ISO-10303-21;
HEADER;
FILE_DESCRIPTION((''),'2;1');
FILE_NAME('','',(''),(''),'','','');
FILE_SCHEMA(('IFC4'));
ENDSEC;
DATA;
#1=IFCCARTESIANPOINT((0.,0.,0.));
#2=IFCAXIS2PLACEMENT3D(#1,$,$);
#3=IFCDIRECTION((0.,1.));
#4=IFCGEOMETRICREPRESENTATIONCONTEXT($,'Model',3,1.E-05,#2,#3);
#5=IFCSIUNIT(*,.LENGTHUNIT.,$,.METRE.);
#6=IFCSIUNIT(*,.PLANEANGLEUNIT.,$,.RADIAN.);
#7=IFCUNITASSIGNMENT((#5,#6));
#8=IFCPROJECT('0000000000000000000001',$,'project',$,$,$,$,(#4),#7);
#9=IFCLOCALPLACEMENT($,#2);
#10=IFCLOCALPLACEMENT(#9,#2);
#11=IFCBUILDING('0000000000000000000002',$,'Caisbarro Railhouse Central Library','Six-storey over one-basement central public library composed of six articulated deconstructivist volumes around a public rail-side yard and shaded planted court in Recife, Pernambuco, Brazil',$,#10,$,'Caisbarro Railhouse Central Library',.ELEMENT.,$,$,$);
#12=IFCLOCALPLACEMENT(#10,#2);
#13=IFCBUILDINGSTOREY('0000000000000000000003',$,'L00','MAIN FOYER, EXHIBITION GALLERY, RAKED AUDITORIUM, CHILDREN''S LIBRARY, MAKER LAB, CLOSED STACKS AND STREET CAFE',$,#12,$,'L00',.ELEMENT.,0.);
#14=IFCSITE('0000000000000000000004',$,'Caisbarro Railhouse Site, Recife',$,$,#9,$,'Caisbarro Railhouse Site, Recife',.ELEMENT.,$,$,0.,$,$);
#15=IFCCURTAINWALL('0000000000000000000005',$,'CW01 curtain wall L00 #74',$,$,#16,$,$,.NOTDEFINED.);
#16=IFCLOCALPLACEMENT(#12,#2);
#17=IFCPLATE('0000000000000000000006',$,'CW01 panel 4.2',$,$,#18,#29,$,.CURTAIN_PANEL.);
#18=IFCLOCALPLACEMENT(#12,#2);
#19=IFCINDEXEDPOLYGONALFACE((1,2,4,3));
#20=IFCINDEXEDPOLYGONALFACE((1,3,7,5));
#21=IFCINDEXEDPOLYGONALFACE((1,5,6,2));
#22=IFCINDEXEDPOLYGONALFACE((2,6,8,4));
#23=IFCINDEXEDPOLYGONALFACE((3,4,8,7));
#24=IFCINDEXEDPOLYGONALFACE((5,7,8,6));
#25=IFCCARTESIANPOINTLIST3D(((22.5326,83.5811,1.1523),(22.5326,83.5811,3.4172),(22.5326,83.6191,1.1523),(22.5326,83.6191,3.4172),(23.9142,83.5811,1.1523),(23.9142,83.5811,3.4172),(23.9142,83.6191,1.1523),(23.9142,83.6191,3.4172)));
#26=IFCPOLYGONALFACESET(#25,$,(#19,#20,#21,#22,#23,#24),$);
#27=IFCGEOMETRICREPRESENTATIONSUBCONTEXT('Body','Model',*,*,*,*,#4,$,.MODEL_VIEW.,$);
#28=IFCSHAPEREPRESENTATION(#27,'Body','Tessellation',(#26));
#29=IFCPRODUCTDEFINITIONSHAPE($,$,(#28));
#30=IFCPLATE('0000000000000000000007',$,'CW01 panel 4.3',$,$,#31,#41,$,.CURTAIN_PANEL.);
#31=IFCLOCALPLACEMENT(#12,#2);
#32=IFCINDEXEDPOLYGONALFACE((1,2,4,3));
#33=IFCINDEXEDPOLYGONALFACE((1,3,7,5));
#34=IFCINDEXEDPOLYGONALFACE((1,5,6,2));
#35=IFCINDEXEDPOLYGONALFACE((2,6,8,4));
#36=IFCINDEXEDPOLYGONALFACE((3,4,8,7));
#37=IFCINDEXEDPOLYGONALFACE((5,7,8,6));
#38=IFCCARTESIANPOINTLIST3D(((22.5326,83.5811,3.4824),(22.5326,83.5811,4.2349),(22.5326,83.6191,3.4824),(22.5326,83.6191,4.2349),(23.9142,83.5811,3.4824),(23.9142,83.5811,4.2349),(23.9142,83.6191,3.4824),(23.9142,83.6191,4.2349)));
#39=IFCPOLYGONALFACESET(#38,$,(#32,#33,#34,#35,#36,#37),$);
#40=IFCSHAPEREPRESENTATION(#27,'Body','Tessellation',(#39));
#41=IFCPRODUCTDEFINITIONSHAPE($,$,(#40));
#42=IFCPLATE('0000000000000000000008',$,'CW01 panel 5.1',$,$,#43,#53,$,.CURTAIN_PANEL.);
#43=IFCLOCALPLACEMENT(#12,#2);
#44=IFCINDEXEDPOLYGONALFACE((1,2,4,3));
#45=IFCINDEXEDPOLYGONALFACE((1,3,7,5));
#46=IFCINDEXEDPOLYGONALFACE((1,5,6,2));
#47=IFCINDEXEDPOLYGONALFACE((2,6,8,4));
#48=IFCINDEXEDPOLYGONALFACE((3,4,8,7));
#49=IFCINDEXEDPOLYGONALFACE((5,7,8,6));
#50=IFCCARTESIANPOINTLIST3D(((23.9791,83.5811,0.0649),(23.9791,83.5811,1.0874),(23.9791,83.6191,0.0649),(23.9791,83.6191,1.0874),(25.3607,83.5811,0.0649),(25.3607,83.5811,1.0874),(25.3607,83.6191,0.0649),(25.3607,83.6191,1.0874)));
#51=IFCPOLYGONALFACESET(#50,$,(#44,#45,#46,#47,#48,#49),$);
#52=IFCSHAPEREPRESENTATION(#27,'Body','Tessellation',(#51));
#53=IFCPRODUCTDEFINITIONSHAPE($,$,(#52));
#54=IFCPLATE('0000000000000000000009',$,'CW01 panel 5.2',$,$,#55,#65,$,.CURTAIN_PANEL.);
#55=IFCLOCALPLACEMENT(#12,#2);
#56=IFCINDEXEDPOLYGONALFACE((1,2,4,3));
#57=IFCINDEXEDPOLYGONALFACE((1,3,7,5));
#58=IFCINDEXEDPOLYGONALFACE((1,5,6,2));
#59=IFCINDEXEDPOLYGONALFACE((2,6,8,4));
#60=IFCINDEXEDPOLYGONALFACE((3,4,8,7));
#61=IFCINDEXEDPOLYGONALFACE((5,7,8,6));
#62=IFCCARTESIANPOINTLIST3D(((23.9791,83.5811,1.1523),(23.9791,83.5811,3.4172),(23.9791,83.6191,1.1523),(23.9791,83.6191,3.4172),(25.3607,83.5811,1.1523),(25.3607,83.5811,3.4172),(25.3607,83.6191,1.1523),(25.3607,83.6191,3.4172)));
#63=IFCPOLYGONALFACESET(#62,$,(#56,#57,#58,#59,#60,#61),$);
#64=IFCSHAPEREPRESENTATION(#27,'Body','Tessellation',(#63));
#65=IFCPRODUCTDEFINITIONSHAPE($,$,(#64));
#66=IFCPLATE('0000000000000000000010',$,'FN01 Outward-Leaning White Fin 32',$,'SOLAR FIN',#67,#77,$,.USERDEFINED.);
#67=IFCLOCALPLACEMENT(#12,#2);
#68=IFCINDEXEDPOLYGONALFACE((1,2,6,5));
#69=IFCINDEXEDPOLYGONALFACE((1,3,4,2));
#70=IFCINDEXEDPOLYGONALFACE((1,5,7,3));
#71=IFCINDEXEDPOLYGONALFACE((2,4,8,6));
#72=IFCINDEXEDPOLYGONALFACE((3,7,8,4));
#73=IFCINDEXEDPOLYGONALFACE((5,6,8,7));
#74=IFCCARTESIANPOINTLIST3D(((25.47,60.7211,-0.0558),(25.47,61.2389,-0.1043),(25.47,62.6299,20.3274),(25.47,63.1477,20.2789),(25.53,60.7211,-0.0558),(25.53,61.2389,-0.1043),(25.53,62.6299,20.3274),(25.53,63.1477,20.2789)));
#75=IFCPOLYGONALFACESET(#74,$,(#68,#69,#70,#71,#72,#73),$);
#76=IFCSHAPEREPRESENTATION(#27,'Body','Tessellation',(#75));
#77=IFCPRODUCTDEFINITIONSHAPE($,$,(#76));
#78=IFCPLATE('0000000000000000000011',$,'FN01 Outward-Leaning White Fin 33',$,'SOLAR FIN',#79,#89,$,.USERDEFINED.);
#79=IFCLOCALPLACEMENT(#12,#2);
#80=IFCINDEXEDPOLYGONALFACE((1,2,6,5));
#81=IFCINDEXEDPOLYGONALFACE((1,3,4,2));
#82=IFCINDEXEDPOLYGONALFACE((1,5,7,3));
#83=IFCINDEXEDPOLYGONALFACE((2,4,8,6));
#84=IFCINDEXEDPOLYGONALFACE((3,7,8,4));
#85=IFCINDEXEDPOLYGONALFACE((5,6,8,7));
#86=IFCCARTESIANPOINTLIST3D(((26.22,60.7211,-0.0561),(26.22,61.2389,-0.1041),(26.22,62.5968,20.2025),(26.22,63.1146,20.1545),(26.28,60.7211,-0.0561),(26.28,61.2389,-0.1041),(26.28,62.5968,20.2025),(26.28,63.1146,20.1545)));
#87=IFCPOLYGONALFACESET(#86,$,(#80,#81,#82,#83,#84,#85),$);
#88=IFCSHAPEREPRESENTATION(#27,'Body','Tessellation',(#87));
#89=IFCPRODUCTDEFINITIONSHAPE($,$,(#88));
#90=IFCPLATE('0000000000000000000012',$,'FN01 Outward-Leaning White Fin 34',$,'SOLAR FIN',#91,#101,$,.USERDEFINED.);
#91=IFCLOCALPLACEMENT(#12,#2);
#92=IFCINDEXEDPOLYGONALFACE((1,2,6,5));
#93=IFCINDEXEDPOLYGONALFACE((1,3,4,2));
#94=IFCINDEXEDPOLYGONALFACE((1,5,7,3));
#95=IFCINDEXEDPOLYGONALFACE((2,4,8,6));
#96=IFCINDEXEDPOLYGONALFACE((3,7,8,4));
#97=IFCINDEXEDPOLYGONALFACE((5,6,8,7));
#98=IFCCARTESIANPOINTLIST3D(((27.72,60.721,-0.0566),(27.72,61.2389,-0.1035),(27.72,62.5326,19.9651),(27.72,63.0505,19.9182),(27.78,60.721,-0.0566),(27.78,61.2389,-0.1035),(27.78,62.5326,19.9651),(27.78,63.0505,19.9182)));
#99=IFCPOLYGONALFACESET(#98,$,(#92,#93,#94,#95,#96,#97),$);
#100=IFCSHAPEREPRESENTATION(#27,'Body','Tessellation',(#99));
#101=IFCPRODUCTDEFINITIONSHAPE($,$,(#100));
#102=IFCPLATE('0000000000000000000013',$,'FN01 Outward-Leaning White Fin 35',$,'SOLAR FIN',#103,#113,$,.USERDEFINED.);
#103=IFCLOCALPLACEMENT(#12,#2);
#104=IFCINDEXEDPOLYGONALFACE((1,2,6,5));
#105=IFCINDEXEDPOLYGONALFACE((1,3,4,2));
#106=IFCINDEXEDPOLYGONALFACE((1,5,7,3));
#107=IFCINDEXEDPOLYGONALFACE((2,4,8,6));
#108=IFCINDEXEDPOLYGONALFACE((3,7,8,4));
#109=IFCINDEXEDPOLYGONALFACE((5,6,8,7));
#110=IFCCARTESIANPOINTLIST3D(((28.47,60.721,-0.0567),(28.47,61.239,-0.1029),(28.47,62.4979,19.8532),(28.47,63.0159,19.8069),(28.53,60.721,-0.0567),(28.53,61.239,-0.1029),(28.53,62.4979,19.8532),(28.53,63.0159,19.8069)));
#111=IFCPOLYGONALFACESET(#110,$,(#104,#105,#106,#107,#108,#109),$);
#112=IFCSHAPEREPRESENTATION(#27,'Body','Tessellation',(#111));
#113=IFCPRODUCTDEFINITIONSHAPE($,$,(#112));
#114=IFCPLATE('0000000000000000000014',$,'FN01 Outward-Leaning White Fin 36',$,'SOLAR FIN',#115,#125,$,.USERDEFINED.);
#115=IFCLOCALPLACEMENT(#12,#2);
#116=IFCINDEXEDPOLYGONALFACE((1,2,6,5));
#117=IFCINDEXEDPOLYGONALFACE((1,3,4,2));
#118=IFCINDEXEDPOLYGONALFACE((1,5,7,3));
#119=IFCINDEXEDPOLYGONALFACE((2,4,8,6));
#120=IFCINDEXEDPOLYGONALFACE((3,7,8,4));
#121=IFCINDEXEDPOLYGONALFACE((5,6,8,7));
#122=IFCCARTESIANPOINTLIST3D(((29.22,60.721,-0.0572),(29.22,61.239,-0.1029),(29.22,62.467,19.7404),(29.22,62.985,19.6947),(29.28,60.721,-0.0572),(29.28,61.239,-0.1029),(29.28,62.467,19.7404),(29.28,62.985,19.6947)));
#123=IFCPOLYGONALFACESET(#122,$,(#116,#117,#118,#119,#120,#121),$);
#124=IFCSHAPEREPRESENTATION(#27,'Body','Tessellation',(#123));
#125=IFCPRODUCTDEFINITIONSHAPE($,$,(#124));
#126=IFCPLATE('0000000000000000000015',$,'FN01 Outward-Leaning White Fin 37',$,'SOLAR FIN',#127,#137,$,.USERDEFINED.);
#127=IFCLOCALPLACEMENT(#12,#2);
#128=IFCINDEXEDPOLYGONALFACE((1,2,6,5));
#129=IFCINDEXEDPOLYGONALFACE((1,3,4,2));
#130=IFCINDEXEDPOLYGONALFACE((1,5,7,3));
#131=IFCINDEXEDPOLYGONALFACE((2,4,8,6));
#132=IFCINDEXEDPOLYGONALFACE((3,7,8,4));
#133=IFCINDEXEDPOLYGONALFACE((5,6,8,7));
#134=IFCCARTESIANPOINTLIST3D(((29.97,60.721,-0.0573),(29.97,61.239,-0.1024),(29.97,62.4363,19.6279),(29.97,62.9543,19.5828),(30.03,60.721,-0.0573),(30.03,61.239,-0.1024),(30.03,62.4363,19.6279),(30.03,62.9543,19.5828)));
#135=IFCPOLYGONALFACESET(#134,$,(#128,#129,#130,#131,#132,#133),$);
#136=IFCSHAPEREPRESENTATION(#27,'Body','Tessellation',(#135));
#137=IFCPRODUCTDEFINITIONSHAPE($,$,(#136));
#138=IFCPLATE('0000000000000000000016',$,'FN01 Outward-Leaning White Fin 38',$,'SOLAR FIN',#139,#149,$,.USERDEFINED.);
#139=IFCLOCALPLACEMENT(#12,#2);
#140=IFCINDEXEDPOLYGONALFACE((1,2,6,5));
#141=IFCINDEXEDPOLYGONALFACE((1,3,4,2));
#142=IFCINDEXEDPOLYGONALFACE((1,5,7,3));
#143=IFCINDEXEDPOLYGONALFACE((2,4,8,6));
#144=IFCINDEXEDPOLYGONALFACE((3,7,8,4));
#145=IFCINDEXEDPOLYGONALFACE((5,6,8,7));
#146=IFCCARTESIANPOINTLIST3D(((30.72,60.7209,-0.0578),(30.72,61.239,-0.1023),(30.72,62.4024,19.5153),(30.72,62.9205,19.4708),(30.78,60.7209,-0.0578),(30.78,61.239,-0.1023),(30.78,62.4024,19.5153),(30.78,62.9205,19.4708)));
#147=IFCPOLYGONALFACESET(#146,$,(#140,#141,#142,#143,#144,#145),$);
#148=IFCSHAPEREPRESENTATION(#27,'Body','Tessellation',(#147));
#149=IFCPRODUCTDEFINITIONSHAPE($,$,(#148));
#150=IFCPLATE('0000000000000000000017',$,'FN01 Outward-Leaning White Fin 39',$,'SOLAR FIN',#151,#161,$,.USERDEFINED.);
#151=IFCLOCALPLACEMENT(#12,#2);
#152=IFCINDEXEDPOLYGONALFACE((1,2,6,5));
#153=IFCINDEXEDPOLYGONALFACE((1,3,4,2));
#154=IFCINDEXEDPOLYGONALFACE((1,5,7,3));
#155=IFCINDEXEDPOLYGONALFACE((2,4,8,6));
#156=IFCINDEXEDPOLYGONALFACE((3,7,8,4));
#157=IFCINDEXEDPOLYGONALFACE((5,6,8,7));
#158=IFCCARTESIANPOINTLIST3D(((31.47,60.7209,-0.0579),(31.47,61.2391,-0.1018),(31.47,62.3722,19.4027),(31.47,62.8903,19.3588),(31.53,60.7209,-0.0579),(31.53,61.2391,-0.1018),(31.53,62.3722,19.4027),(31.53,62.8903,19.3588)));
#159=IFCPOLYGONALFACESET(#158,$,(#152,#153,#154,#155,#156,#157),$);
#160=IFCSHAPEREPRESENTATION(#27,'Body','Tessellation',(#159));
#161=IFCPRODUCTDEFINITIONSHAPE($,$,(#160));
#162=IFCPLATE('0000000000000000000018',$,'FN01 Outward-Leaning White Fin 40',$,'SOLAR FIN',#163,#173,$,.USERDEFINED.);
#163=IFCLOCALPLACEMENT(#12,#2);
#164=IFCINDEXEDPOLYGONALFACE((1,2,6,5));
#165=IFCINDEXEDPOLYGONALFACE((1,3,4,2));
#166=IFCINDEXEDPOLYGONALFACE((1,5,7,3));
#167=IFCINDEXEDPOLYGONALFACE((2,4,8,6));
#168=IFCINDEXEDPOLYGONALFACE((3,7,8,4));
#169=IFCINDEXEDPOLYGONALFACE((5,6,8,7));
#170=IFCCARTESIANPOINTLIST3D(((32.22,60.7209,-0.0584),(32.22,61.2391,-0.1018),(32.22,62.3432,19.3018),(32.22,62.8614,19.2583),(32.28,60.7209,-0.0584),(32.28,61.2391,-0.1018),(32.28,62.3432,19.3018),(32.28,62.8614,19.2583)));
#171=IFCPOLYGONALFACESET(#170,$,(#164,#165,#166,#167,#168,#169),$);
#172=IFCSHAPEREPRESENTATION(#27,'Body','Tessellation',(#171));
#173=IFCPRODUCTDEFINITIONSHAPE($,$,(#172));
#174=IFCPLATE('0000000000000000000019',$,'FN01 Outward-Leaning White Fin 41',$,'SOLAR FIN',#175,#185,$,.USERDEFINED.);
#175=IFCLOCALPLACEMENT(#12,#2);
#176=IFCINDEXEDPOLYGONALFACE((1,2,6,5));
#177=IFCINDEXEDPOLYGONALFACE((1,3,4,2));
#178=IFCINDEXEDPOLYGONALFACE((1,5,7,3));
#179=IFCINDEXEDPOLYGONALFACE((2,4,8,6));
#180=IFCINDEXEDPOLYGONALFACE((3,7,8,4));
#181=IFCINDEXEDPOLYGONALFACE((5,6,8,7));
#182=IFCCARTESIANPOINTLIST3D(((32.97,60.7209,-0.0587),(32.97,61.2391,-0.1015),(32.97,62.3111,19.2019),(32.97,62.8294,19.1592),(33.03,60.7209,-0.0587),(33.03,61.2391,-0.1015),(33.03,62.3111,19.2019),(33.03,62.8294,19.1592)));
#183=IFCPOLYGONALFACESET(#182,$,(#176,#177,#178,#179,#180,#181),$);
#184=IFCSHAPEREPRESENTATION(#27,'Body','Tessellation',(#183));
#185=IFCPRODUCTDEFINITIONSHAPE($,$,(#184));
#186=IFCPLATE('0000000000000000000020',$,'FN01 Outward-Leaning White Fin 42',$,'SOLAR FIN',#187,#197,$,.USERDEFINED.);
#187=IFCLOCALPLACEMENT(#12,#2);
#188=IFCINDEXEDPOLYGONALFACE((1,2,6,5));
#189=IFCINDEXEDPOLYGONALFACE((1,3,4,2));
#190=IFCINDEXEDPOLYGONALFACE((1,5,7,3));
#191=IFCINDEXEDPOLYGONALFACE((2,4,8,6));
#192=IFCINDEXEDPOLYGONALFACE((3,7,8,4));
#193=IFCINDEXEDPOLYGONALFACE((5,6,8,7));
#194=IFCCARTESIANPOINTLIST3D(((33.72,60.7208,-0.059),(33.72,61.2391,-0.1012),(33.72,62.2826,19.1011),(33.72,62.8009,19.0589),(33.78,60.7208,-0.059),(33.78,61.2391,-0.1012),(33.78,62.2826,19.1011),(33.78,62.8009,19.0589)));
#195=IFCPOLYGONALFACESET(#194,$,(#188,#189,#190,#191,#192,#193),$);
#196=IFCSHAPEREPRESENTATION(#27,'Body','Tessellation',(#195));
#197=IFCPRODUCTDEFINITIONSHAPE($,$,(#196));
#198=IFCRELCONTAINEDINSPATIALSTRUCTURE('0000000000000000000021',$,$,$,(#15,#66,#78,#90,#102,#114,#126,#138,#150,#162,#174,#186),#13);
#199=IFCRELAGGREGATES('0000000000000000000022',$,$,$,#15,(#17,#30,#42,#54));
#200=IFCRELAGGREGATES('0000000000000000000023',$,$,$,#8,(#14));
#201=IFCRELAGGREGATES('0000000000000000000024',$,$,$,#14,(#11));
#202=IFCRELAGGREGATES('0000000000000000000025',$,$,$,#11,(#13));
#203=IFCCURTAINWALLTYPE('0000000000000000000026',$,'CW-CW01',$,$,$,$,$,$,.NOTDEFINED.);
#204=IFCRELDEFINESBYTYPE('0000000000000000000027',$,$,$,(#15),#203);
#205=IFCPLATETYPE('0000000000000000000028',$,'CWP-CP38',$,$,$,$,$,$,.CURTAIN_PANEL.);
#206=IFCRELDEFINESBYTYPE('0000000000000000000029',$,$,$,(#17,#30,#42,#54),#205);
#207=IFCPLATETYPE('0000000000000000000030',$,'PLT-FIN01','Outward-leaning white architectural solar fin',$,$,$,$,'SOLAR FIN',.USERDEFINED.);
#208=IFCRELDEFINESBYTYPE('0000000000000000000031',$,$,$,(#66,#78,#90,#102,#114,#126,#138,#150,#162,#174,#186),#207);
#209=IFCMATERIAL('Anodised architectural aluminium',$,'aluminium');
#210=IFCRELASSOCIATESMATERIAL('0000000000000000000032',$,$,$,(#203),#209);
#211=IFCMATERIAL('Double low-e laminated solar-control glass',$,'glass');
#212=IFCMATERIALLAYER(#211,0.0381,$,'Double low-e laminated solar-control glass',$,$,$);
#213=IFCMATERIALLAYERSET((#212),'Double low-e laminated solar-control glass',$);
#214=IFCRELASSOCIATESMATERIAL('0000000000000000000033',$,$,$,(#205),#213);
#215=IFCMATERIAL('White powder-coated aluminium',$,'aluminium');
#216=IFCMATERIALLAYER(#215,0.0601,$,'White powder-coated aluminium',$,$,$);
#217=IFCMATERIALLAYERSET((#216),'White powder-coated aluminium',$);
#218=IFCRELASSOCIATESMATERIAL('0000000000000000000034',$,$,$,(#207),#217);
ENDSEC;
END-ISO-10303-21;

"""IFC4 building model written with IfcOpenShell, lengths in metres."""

from ifc_helpers import new_model, si_unit, direction, frame, origin, origin_2d, place, context, subcontext, project, spatial, rectangle, extrude, material, layer, layer_set, type_object, element, aggregate, save


model = new_model("IFC4")

# Units and contexts
model_context = context("Model", 3, precision=1e-05, world=origin(), true_north=direction((0.0, 1.0)))
body_context = subcontext(model_context, "Body", "Model", "MODEL_VIEW")
ifc_project = project(units=[si_unit("LENGTHUNIT", "METRE"), si_unit("PLANEANGLEUNIT", "RADIAN")], contexts=[model_context])

# Site, building, storey
site_placement = place(None, origin())
site = spatial("IfcSite", under=ifc_project, at=site_placement, Name="Caisbarro Railhouse Site, Recife", LongName="Caisbarro Railhouse Site, Recife", CompositionType="ELEMENT", RefElevation=0.0)
building_placement = place(site_placement, origin())
building = spatial("IfcBuilding", under=site, at=building_placement, Name="Caisbarro Railhouse Central Library", Description="Six-storey over one-basement central public library composed of six articulated deconstructivist volumes around a public rail-side yard and shaded planted court in Recife, Pernambuco, Brazil", LongName="Caisbarro Railhouse Central Library", CompositionType="ELEMENT")
storey_placement = place(building_placement, origin())
storey = spatial("IfcBuildingStorey", under=building, at=storey_placement, Name="L00", Description="MAIN FOYER, EXHIBITION GALLERY, RAKED AUDITORIUM, CHILDREN'S LIBRARY, MAKER LAB, CLOSED STACKS AND STREET CAFE", LongName="L00", CompositionType="ELEMENT", Elevation=0.0)

# Curtain wall, plates
ifc_material_1 = material(Name="Anodised architectural aluminium", Category="aluminium")
curtain_wall_type = type_object("IfcCurtainWallType", Name="CW-CW01", PredefinedType="NOTDEFINED", material=ifc_material_1)
curtain_wall_placement = place(storey_placement, origin())
curtain_wall = element("IfcCurtainWall", 1, at=curtain_wall_placement, inside=storey, type_object=curtain_wall_type, Name="CW01 curtain wall L00 #74", PredefinedType="NOTDEFINED")
ifc_material_2 = material(Name="Double low-e laminated solar-control glass", Category="glass")
ifc_layer_1 = layer(ifc_material_2, 0.0381, Name="Double low-e laminated solar-control glass")
ifc_layer_set_1 = layer_set([ifc_layer_1], Name="Double low-e laminated solar-control glass")
plate_type_1 = type_object("IfcPlateType", Name="CWP-CP38", PredefinedType="CURTAIN_PANEL", material=ifc_layer_set_1)
plate_1_placement = place(storey_placement, frame((23.2234, 83.6001, 1.1523), z_axis=(0.0, 0.0, 1.0), x_axis=(1.0, 0.0, 0.0)))
plate_1 = element("IfcPlate", 2, at=plate_1_placement, type_object=plate_type_1, Name="CW01 panel 4.2", PredefinedType="CURTAIN_PANEL", context=body_context, shape_type="SweptSolid", body=[
    extrude(rectangle(XDim=1.3816, YDim=0.0381, at=origin_2d()), origin(), (0.0, 0.0, 1.0), 2.2649),
])
plate_2_placement = place(storey_placement, frame((23.2234, 83.6001, 3.4824), z_axis=(0.0, 0.0, 1.0), x_axis=(1.0, 0.0, 0.0)))
plate_2 = element("IfcPlate", 3, at=plate_2_placement, type_object=plate_type_1, Name="CW01 panel 4.3", PredefinedType="CURTAIN_PANEL", context=body_context, shape_type="SweptSolid", body=[
    extrude(rectangle(XDim=1.3816, YDim=0.0381, at=origin_2d()), origin(), (0.0, 0.0, 1.0), 0.7524),
])
plate_3_placement = place(storey_placement, frame((24.6699, 83.6001, 0.0649), z_axis=(0.0, 0.0, 1.0), x_axis=(1.0, 0.0, 0.0)))
plate_3 = element("IfcPlate", 4, at=plate_3_placement, type_object=plate_type_1, Name="CW01 panel 5.1", PredefinedType="CURTAIN_PANEL", context=body_context, shape_type="SweptSolid", body=[
    extrude(rectangle(XDim=1.3816, YDim=0.0381, at=origin_2d()), origin(), (0.0, 0.0, 1.0), 1.0225),
])
plate_4_placement = place(storey_placement, frame((24.6699, 83.6001, 1.1523), z_axis=(0.0, 0.0, 1.0), x_axis=(1.0, 0.0, 0.0)))
plate_4 = element("IfcPlate", 5, at=plate_4_placement, type_object=plate_type_1, Name="CW01 panel 5.2", PredefinedType="CURTAIN_PANEL", context=body_context, shape_type="SweptSolid", body=[
    extrude(rectangle(XDim=1.3816, YDim=0.0381, at=origin_2d()), origin(), (0.0, 0.0, 1.0), 2.2649),
])
aggregate(curtain_wall, [plate_1, plate_2, plate_3, plate_4])

# Plates
ifc_material_3 = material(Name="White powder-coated aluminium", Category="aluminium")
ifc_layer_2 = layer(ifc_material_3, 0.0601, Name="White powder-coated aluminium")
ifc_layer_set_2 = layer_set([ifc_layer_2], Name="White powder-coated aluminium")
plate_type_2 = type_object("IfcPlateType", Name="PLT-FIN01", Description="Outward-leaning white architectural solar fin", ElementType="SOLAR FIN", PredefinedType="USERDEFINED", material=ifc_layer_set_2)
plate_5_placement = place(storey_placement, frame((25.5, 60.98, -0.0801), z_axis=(0.0, 0.093239, 0.995644), x_axis=(1.0, 0.0, 0.0)))
element("IfcPlate", 6, at=plate_5_placement, inside=storey, type_object=plate_type_2, Name="FN01 Outward-Leaning White Fin 32", ObjectType="SOLAR FIN", PredefinedType="USERDEFINED", context=body_context, shape_type="SweptSolid", body=[
    extrude(rectangle(XDim=0.0601, YDim=0.52, at=origin_2d()), origin(), (0.0, 0.0, 1.0), 20.4724),
])
plate_6_placement = place(storey_placement, frame((26.25, 60.98, -0.0801), z_axis=(0.0, 0.092197, 0.995741), x_axis=(1.0, 0.0, 0.0)))
element("IfcPlate", 7, at=plate_6_placement, inside=storey, type_object=plate_type_2, Name="FN01 Outward-Leaning White Fin 33", ObjectType="SOLAR FIN", PredefinedType="USERDEFINED", context=body_context, shape_type="SweptSolid", body=[
    extrude(rectangle(XDim=0.0601, YDim=0.52, at=origin_2d()), origin(), (0.0, 0.0, 1.0), 20.3452),
])
plate_7_placement = place(storey_placement, frame((27.75, 60.98, -0.0801), z_axis=(0.0, 0.090111, 0.995932), x_axis=(1.0, 0.0, 0.0)))
element("IfcPlate", 8, at=plate_7_placement, inside=storey, type_object=plate_type_2, Name="FN01 Outward-Leaning White Fin 34", ObjectType="SOLAR FIN", PredefinedType="USERDEFINED", context=body_context, shape_type="SweptSolid", body=[
    extrude(rectangle(XDim=0.0601, YDim=0.52, at=origin_2d()), origin(), (0.0, 0.0, 1.0), 20.1035),
])
plate_8_placement = place(storey_placement, frame((28.5, 60.98, -0.0798), z_axis=(0.0, 0.088894, 0.996041), x_axis=(1.0, 0.0, 0.0)))
element("IfcPlate", 9, at=plate_8_placement, inside=storey, type_object=plate_type_2, Name="FN01 Outward-Leaning White Fin 35", ObjectType="SOLAR FIN", PredefinedType="USERDEFINED", context=body_context, shape_type="SweptSolid", body=[
    extrude(rectangle(XDim=0.0601, YDim=0.52, at=origin_2d()), origin(), (0.0, 0.0, 1.0), 19.989),
])
plate_9_placement = place(storey_placement, frame((29.25, 60.98, -0.0801), z_axis=(0.0, 0.087851, 0.996134), x_axis=(1.0, 0.0, 0.0)))
element("IfcPlate", 10, at=plate_9_placement, inside=storey, type_object=plate_type_2, Name="FN01 Outward-Leaning White Fin 36", ObjectType="SOLAR FIN", PredefinedType="USERDEFINED", context=body_context, shape_type="SweptSolid", body=[
    extrude(rectangle(XDim=0.0601, YDim=0.52, at=origin_2d()), origin(), (0.0, 0.0, 1.0), 19.8745),
])
plate_10_placement = place(storey_placement, frame((30.0, 60.98, -0.0798), z_axis=(0.0, 0.086808, 0.996225), x_axis=(1.0, 0.0, 0.0)))
element("IfcPlate", 11, at=plate_10_placement, inside=storey, type_object=plate_type_2, Name="FN01 Outward-Leaning White Fin 37", ObjectType="SOLAR FIN", PredefinedType="USERDEFINED", context=body_context, shape_type="SweptSolid", body=[
    extrude(rectangle(XDim=0.0601, YDim=0.52, at=origin_2d()), origin(), (0.0, 0.0, 1.0), 19.7598),
])
plate_11_placement = place(storey_placement, frame((30.75, 60.98, -0.0801), z_axis=(0.0, 0.085591, 0.99633), x_axis=(1.0, 0.0, 0.0)))
element("IfcPlate", 12, at=plate_11_placement, inside=storey, type_object=plate_type_2, Name="FN01 Outward-Leaning White Fin 38", ObjectType="SOLAR FIN", PredefinedType="USERDEFINED", context=body_context, shape_type="SweptSolid", body=[
    extrude(rectangle(XDim=0.0601, YDim=0.52, at=origin_2d()), origin(), (0.0, 0.0, 1.0), 19.6453),
])
plate_12_placement = place(storey_placement, frame((31.5, 60.98, -0.0798), z_axis=(0.0, 0.084547, 0.996419), x_axis=(1.0, 0.0, 0.0)))
element("IfcPlate", 13, at=plate_12_placement, inside=storey, type_object=plate_type_2, Name="FN01 Outward-Leaning White Fin 39", ObjectType="SOLAR FIN", PredefinedType="USERDEFINED", context=body_context, shape_type="SweptSolid", body=[
    extrude(rectangle(XDim=0.0601, YDim=0.52, at=origin_2d()), origin(), (0.0, 0.0, 1.0), 19.5305),
])
plate_13_placement = place(storey_placement, frame((32.25, 60.98, -0.0801), z_axis=(0.0, 0.083504, 0.996507), x_axis=(1.0, 0.0, 0.0)))
element("IfcPlate", 14, at=plate_13_placement, inside=storey, type_object=plate_type_2, Name="FN01 Outward-Leaning White Fin 40", ObjectType="SOLAR FIN", PredefinedType="USERDEFINED", context=body_context, shape_type="SweptSolid", body=[
    extrude(rectangle(XDim=0.0601, YDim=0.52, at=origin_2d()), origin(), (0.0, 0.0, 1.0), 19.428),
])
plate_14_placement = place(storey_placement, frame((33.0, 60.98, -0.0801), z_axis=(0.0, 0.082286, 0.996609), x_axis=(1.0, 0.0, 0.0)))
element("IfcPlate", 15, at=plate_14_placement, inside=storey, type_object=plate_type_2, Name="FN01 Outward-Leaning White Fin 41", ObjectType="SOLAR FIN", PredefinedType="USERDEFINED", context=body_context, shape_type="SweptSolid", body=[
    extrude(rectangle(XDim=0.0601, YDim=0.52, at=origin_2d()), origin(), (0.0, 0.0, 1.0), 19.3262),
])
plate_15_placement = place(storey_placement, frame((33.75, 60.98, -0.0801), z_axis=(0.0, 0.081243, 0.996694), x_axis=(1.0, 0.0, 0.0)))
element("IfcPlate", 16, at=plate_15_placement, inside=storey, type_object=plate_type_2, Name="FN01 Outward-Leaning White Fin 42", ObjectType="SOLAR FIN", PredefinedType="USERDEFINED", context=body_context, shape_type="SweptSolid", body=[
    extrude(rectangle(XDim=0.0601, YDim=0.52, at=origin_2d()), origin(), (0.0, 0.0, 1.0), 19.2236),
])

save(model, "model.ifc")
